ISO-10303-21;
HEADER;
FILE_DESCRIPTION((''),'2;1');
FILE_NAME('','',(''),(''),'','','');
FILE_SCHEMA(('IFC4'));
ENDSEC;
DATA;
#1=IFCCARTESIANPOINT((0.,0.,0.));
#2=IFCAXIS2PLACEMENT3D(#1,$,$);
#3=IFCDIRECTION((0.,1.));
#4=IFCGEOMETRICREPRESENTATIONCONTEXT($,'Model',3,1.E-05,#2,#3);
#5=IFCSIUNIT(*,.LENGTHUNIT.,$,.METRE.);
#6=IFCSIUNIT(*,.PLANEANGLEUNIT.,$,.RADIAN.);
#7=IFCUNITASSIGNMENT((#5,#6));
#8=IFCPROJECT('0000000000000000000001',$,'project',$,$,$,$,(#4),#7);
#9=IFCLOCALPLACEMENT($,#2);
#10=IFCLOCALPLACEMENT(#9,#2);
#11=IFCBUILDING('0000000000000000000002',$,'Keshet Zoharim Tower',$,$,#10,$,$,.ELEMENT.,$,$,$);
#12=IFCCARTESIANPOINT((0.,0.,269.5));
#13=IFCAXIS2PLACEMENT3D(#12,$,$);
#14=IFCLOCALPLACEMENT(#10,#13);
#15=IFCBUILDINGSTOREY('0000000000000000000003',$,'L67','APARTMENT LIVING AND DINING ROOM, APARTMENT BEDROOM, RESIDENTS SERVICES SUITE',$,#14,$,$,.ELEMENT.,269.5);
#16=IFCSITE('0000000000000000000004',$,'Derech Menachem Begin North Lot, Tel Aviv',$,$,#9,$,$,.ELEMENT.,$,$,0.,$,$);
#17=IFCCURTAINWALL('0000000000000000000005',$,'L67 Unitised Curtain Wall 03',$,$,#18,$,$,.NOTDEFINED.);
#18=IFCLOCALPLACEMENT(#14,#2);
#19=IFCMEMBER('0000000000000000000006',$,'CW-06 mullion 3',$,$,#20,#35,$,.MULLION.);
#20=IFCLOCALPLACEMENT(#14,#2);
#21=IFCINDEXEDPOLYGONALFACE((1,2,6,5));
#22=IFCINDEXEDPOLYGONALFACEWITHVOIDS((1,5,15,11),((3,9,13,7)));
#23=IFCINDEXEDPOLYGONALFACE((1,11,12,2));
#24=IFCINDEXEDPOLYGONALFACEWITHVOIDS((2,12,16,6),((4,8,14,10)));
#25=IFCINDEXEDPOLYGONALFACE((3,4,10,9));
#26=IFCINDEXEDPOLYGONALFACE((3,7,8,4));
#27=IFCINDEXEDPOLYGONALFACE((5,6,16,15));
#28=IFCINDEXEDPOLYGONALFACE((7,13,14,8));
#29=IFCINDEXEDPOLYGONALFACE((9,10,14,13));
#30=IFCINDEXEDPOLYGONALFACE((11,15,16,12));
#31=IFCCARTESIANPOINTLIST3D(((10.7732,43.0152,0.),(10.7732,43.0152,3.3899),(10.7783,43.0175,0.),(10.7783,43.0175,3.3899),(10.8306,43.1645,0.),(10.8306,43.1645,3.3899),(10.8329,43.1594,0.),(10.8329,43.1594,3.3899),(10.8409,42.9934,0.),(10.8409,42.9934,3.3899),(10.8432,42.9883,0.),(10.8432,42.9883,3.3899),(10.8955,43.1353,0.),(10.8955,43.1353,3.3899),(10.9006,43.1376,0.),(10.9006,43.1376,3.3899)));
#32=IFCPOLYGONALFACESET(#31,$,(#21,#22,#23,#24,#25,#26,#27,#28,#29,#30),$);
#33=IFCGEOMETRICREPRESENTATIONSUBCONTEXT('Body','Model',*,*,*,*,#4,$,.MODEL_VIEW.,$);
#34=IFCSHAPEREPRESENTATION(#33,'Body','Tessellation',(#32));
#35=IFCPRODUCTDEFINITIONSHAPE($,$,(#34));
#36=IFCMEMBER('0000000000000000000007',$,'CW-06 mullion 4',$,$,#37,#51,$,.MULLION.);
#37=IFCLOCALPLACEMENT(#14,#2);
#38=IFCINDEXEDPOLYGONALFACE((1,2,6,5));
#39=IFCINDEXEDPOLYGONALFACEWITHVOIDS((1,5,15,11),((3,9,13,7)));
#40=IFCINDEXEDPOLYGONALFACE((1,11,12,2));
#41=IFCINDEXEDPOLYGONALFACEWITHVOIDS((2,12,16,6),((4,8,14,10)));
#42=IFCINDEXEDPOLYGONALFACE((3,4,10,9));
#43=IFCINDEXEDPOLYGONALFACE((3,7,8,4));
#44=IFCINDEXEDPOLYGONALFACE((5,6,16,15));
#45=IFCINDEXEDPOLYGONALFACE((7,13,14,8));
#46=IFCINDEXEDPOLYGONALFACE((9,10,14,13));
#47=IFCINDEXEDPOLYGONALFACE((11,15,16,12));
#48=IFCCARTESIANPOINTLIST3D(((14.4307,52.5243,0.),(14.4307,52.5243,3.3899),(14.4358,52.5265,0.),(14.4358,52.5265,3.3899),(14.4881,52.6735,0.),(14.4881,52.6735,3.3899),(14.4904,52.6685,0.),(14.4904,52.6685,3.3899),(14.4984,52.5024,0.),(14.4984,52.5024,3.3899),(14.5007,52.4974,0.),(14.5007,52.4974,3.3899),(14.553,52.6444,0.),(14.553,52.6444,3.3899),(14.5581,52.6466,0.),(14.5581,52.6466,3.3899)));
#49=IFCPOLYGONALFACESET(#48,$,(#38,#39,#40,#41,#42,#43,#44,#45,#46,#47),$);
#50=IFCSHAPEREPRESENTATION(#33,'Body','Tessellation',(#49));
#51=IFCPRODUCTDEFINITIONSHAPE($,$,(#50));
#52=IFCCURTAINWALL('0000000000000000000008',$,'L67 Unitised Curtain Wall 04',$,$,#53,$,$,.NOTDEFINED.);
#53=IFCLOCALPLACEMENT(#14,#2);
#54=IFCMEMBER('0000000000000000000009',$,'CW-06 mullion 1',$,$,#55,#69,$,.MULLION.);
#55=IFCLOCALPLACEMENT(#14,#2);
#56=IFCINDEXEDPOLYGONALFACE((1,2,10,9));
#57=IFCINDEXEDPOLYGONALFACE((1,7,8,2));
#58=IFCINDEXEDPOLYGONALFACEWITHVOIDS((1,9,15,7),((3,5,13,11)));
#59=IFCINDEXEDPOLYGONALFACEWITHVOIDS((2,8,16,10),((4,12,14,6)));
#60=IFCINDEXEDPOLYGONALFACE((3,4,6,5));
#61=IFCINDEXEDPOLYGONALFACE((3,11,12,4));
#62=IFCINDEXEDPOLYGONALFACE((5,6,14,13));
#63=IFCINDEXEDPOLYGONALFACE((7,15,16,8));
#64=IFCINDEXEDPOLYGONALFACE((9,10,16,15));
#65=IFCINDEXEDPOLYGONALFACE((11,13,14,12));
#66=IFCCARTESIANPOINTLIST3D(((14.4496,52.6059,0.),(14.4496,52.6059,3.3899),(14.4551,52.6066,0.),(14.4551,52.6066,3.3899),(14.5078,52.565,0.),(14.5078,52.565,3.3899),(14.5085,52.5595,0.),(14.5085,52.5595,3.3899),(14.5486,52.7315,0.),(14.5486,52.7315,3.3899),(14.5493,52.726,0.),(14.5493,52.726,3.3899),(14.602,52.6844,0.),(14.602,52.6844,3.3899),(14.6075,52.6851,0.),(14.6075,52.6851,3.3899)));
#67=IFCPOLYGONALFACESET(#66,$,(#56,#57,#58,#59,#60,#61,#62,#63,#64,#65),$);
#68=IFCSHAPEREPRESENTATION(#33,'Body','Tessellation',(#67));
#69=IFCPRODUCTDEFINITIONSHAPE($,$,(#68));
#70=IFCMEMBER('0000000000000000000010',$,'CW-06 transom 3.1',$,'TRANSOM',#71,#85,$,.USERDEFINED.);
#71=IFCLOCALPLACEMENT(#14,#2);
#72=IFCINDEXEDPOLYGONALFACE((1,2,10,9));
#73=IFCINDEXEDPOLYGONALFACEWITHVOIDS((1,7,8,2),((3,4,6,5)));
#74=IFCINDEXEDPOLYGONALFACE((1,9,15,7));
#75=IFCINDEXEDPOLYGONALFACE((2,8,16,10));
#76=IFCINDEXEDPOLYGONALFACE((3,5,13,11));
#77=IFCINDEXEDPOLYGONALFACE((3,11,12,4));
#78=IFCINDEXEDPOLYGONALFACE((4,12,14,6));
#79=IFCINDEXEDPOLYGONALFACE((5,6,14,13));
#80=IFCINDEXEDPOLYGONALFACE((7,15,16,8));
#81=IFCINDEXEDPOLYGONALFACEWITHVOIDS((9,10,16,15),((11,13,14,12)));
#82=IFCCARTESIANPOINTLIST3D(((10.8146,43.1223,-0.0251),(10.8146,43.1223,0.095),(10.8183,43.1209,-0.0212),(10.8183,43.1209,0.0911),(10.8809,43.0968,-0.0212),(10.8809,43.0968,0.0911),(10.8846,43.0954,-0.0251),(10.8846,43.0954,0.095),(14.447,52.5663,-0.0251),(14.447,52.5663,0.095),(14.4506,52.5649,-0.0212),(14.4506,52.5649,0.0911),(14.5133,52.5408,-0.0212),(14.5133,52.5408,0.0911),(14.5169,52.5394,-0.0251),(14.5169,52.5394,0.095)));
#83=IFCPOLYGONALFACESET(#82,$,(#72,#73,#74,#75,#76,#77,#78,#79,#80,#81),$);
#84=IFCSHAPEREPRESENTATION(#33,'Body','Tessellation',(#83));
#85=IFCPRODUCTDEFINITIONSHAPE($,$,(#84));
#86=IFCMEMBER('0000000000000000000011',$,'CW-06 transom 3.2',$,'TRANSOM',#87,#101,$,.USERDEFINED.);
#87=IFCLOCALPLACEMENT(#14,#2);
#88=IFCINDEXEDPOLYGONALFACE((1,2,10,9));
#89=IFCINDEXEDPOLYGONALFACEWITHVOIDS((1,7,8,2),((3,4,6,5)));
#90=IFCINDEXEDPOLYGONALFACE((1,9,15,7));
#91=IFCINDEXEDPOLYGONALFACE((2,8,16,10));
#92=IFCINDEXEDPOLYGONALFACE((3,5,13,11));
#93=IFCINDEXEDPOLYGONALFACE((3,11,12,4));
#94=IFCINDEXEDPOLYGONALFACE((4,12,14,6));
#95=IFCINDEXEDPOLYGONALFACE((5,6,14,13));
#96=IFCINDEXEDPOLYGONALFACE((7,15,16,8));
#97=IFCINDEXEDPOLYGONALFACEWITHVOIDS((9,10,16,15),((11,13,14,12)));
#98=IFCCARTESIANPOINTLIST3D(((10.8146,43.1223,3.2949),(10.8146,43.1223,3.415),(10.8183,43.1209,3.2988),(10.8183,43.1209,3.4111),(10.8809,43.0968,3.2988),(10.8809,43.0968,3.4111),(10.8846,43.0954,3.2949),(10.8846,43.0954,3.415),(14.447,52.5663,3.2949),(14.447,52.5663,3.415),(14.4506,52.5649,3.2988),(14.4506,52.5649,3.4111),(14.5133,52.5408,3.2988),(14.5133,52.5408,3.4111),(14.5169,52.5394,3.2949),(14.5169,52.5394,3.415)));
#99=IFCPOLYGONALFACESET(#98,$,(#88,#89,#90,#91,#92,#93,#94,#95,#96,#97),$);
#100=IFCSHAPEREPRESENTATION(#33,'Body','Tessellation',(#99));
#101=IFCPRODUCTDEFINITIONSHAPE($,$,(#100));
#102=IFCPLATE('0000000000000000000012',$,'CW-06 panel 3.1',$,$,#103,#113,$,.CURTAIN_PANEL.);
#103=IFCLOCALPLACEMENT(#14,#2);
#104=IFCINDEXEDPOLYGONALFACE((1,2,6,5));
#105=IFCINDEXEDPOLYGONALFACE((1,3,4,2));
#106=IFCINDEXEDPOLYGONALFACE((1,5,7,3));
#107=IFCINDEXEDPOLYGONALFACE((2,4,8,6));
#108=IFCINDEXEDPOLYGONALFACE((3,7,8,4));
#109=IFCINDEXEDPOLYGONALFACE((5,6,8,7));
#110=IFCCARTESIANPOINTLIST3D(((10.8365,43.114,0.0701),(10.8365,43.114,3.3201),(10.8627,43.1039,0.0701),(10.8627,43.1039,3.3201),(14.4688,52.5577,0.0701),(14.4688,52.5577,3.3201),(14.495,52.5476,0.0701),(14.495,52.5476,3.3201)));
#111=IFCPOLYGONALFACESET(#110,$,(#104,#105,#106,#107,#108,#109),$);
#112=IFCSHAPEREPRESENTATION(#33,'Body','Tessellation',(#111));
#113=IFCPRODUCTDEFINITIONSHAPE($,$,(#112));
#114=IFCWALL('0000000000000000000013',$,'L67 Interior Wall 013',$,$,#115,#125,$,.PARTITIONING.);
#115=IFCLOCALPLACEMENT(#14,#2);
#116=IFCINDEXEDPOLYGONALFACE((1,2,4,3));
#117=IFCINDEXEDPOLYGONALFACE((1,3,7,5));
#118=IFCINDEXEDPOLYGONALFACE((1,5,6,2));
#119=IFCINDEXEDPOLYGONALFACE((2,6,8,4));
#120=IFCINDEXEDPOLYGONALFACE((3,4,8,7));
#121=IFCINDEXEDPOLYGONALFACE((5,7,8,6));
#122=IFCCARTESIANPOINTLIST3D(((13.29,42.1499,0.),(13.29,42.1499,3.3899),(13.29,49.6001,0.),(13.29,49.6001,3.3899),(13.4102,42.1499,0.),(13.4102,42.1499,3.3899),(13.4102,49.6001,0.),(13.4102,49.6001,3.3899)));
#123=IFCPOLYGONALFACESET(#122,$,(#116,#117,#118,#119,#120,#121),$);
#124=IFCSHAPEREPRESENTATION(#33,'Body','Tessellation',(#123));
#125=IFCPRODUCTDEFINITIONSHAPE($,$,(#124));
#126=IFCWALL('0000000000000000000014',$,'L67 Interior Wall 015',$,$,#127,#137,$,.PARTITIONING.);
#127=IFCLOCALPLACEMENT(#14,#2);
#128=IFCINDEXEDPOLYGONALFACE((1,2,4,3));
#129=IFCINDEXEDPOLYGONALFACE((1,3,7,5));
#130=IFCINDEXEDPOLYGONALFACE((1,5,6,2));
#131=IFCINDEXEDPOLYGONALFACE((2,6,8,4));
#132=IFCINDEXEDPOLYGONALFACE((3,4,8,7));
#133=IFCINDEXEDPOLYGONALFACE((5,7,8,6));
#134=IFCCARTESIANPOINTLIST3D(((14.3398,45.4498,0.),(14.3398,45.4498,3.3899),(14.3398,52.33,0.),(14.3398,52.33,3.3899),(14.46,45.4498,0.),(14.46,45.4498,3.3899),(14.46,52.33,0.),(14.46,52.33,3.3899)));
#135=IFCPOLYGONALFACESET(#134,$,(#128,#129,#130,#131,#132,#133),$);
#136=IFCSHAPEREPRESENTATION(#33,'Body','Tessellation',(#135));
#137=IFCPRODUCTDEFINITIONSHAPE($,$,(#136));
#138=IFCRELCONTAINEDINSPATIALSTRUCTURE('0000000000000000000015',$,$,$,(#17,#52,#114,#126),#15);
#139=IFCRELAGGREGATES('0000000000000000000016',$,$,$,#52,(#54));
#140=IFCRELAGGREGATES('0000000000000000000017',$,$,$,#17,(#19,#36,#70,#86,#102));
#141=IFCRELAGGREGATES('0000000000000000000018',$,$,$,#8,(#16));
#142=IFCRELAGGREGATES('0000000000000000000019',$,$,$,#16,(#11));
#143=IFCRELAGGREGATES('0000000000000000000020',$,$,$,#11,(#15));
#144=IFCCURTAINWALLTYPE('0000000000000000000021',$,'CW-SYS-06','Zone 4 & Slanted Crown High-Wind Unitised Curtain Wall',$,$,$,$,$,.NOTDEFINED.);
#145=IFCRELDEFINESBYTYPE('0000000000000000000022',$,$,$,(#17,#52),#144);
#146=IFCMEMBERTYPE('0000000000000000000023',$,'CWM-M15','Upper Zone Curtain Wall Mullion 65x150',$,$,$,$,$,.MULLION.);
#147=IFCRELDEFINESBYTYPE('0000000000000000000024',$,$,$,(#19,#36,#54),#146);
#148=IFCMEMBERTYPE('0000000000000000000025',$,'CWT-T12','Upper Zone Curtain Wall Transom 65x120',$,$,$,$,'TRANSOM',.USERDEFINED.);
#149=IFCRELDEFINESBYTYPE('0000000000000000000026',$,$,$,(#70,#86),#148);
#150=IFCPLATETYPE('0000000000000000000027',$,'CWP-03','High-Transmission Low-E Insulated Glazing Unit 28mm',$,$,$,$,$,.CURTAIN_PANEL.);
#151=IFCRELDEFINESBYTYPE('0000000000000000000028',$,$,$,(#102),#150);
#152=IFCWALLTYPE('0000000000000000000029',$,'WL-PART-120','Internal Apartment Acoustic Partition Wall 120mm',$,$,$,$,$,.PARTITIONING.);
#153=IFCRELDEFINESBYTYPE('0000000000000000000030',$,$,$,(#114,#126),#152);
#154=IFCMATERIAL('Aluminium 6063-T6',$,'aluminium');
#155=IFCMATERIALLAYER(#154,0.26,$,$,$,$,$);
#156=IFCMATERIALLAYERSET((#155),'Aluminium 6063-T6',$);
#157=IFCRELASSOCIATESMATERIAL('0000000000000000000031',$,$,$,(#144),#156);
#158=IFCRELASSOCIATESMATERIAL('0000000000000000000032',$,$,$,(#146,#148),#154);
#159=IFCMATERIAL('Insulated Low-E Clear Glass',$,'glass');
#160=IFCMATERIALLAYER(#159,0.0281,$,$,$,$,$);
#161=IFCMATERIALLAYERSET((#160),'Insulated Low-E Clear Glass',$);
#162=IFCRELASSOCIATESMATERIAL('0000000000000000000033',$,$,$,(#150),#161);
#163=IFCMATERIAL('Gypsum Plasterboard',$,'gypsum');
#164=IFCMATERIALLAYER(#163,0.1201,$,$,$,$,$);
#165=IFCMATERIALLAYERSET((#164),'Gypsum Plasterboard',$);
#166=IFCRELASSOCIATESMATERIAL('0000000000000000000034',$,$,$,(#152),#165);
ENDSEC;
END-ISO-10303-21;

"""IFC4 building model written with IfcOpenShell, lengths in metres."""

from ifc_helpers import new_model, si_unit, direction, frame, frame_2d, origin, origin_2d, place, context, subcontext, project, spatial, rectangle, hollow_rectangle, extrude, material, layer, layer_set, material_profile, profile_set, type_object, element, aggregate, save


model = new_model("IFC4")

# Units and contexts
model_context = context("Model", 3, precision=1e-05, world=origin(), true_north=direction((0.0, 1.0)))
body_context = subcontext(model_context, "Body", "Model", "MODEL_VIEW")
ifc_project = project(units=[si_unit("LENGTHUNIT", "METRE"), si_unit("PLANEANGLEUNIT", "RADIAN")], contexts=[model_context])

# Site, building, storey
site_placement = place(None, origin())
site = spatial("IfcSite", under=ifc_project, at=site_placement, Name="Derech Menachem Begin North Lot, Tel Aviv", CompositionType="ELEMENT", RefElevation=0.0)
building_placement = place(site_placement, origin())
building = spatial("IfcBuilding", under=site, at=building_placement, Name="Keshet Zoharim Tower", CompositionType="ELEMENT")
storey_placement = place(building_placement, frame((0.0, 0.0, 269.5)))
storey = spatial("IfcBuildingStorey", under=building, at=storey_placement, Name="L67", Description="APARTMENT LIVING AND DINING ROOM, APARTMENT BEDROOM, RESIDENTS SERVICES SUITE", CompositionType="ELEMENT", Elevation=269.5)

# Curtain wall, members
ifc_material_1 = material(Name="Aluminium 6063-T6", Category="aluminium")
ifc_layer_1 = layer(ifc_material_1, 0.26)
ifc_layer_set_1 = layer_set([ifc_layer_1], Name="Aluminium 6063-T6")
curtain_wall_type = type_object("IfcCurtainWallType", Name="CW-SYS-06", Description="Zone 4 & Slanted Crown High-Wind Unitised Curtain Wall", PredefinedType="NOTDEFINED", material=ifc_layer_set_1)
curtain_wall_1_placement = place(storey_placement, origin())
curtain_wall_1 = element("IfcCurtainWall", 1, at=curtain_wall_1_placement, inside=storey, type_object=curtain_wall_type, Name="L67 Unitised Curtain Wall 03", PredefinedType="NOTDEFINED")
ifc_material_profile_1 = material_profile(ifc_material_1, hollow_rectangle(XDim=0.075, YDim=0.1599, WallThickness=0.0039, at=origin_2d()), Name="MUL-75x160")
ifc_profile_set_1 = profile_set([ifc_material_profile_1], Name="Aluminium 6063-T6")
member_type_1 = type_object("IfcMemberType", Name="CWM-M15", Description="Upper Zone Curtain Wall Mullion 65x150", PredefinedType="MULLION", material=ifc_profile_set_1)
member_1_placement = place(storey_placement, frame((10.8369, 43.0764, 0.0), z_axis=(0.0, 0.0, 1.0), x_axis=(-0.933341, 0.35899, 0.0)))
member_1 = element("IfcMember", 2, at=member_1_placement, type_object=member_type_1, Name="CW-06 mullion 3", PredefinedType="MULLION", context=body_context, shape_type="SweptSolid", body=[
    extrude(hollow_rectangle(XDim=0.075, YDim=0.1599, WallThickness=0.0039, at=origin_2d()), origin(), (0.0, 0.0, 1.0), 3.3899),
])
member_2_placement = place(storey_placement, frame((14.4944, 52.5854, 0.0), z_axis=(0.0, 0.0, 1.0), x_axis=(-0.933341, 0.35899, 0.0)))
member_2 = element("IfcMember", 3, at=member_2_placement, type_object=member_type_1, Name="CW-06 mullion 4", PredefinedType="MULLION", context=body_context, shape_type="SweptSolid", body=[
    extrude(hollow_rectangle(XDim=0.075, YDim=0.1599, WallThickness=0.0039, at=origin_2d()), origin(), (0.0, 0.0, 1.0), 3.3899),
])

# Curtain wall, member
curtain_wall_2_placement = place(storey_placement, origin())
curtain_wall_2 = element("IfcCurtainWall", 4, at=curtain_wall_2_placement, inside=storey, type_object=curtain_wall_type, Name="L67 Unitised Curtain Wall 04", PredefinedType="NOTDEFINED")
member_3_placement = place(storey_placement, frame((14.5286, 52.6455, 0.0), z_axis=(0.0, 0.0, 1.0), x_axis=(-0.785293, 0.619125, 0.0)))
member_3 = element("IfcMember", 5, at=member_3_placement, type_object=member_type_1, Name="CW-06 mullion 1", PredefinedType="MULLION", context=body_context, shape_type="SweptSolid", body=[
    extrude(hollow_rectangle(XDim=0.075, YDim=0.1599, WallThickness=0.0039, at=origin_2d()), origin(), (0.0, 0.0, 1.0), 3.3899),
])
aggregate(curtain_wall_2, [member_3])

# Members
ifc_material_profile_2 = material_profile(ifc_material_1, hollow_rectangle(XDim=0.075, YDim=0.1201, WallThickness=0.0039, at=origin_2d()), Name="TRN-75x120")
ifc_profile_set_2 = profile_set([ifc_material_profile_2], Name="Aluminium 6063-T6")
member_type_2 = type_object("IfcMemberType", Name="CWT-T12", Description="Upper Zone Curtain Wall Transom 65x120", ElementType="TRANSOM", PredefinedType="USERDEFINED", material=ifc_profile_set_2)
member_4_placement = place(storey_placement, frame((10.8496, 43.1089, 0.0349), z_axis=(0.358986, 0.933343, 0.0), x_axis=(-0.933343, 0.358986, 0.0)))
member_4 = element("IfcMember", 6, at=member_4_placement, type_object=member_type_2, Name="CW-06 transom 3.1", ObjectType="TRANSOM", PredefinedType="USERDEFINED", context=body_context, shape_type="SweptSolid", body=[
    extrude(hollow_rectangle(XDim=0.075, YDim=0.1201, WallThickness=0.0039, at=origin_2d()), origin(), (0.0, 0.0, 1.0), 10.1184),
])
member_5_placement = place(storey_placement, frame((10.8496, 43.1089, 3.355), z_axis=(0.358986, 0.933343, 0.0), x_axis=(-0.933343, 0.358986, 0.0)))
member_5 = element("IfcMember", 7, at=member_5_placement, type_object=member_type_2, Name="CW-06 transom 3.2", ObjectType="TRANSOM", PredefinedType="USERDEFINED", context=body_context, shape_type="SweptSolid", body=[
    extrude(hollow_rectangle(XDim=0.075, YDim=0.1201, WallThickness=0.0039, at=origin_2d()), origin(), (0.0, 0.0, 1.0), 10.1184),
])

# Plate
ifc_material_2 = material(Name="Insulated Low-E Clear Glass", Category="glass")
ifc_layer_2 = layer(ifc_material_2, 0.0281)
ifc_layer_set_2 = layer_set([ifc_layer_2], Name="Insulated Low-E Clear Glass")
plate_type = type_object("IfcPlateType", Name="CWP-03", Description="High-Transmission Low-E Insulated Glazing Unit 28mm", PredefinedType="CURTAIN_PANEL", material=ifc_layer_set_2)
plate_placement = place(storey_placement, frame((12.6658, 47.8308, 0.0701), z_axis=(0.0, 0.0, 1.0), x_axis=(0.35899, 0.933341, 0.0)))
plate = element("IfcPlate", 8, at=plate_placement, type_object=plate_type, Name="CW-06 panel 3.1", PredefinedType="CURTAIN_PANEL", context=body_context, shape_type="SweptSolid", body=[
    extrude(rectangle(XDim=10.1182, YDim=0.0281, at=origin_2d()), origin(), (0.0, 0.0, 1.0), 3.25),
])
aggregate(curtain_wall_1, [member_1, member_2, member_4, member_5, plate])

# Walls
ifc_material_3 = material(Name="Gypsum Plasterboard", Category="gypsum")
ifc_layer_3 = layer(ifc_material_3, 0.1201)
ifc_layer_set_3 = layer_set([ifc_layer_3], Name="Gypsum Plasterboard")
wall_type = type_object("IfcWallType", Name="WL-PART-120", Description="Internal Apartment Acoustic Partition Wall 120mm", PredefinedType="PARTITIONING", material=ifc_layer_set_3)
wall_1_placement = place(storey_placement, frame((13.3501, 42.1499, 0.0), z_axis=(0.0, 0.0, 1.0), x_axis=(0.0, 1.0, 0.0)))
element("IfcWall", 9, at=wall_1_placement, inside=storey, type_object=wall_type, Name="L67 Interior Wall 013", PredefinedType="PARTITIONING", context=body_context, shape_type="SweptSolid", body=[
    extrude(rectangle(XDim=7.4502, YDim=0.1201, at=frame_2d((3.7251, 0.0))), origin(), (0.0, 0.0, 1.0), 3.3899),
])
wall_2_placement = place(storey_placement, frame((14.3999, 45.45, 0.0), z_axis=(0.0, 0.0, 1.0), x_axis=(0.0, 1.0, 0.0)))
element("IfcWall", 10, at=wall_2_placement, inside=storey, type_object=wall_type, Name="L67 Interior Wall 015", PredefinedType="PARTITIONING", context=body_context, shape_type="SweptSolid", body=[
    extrude(rectangle(XDim=6.8801, YDim=0.1201, at=frame_2d((3.4399, 0.0))), origin(), (0.0, 0.0, 1.0), 3.3899),
])

save(model, "model.ifc")
